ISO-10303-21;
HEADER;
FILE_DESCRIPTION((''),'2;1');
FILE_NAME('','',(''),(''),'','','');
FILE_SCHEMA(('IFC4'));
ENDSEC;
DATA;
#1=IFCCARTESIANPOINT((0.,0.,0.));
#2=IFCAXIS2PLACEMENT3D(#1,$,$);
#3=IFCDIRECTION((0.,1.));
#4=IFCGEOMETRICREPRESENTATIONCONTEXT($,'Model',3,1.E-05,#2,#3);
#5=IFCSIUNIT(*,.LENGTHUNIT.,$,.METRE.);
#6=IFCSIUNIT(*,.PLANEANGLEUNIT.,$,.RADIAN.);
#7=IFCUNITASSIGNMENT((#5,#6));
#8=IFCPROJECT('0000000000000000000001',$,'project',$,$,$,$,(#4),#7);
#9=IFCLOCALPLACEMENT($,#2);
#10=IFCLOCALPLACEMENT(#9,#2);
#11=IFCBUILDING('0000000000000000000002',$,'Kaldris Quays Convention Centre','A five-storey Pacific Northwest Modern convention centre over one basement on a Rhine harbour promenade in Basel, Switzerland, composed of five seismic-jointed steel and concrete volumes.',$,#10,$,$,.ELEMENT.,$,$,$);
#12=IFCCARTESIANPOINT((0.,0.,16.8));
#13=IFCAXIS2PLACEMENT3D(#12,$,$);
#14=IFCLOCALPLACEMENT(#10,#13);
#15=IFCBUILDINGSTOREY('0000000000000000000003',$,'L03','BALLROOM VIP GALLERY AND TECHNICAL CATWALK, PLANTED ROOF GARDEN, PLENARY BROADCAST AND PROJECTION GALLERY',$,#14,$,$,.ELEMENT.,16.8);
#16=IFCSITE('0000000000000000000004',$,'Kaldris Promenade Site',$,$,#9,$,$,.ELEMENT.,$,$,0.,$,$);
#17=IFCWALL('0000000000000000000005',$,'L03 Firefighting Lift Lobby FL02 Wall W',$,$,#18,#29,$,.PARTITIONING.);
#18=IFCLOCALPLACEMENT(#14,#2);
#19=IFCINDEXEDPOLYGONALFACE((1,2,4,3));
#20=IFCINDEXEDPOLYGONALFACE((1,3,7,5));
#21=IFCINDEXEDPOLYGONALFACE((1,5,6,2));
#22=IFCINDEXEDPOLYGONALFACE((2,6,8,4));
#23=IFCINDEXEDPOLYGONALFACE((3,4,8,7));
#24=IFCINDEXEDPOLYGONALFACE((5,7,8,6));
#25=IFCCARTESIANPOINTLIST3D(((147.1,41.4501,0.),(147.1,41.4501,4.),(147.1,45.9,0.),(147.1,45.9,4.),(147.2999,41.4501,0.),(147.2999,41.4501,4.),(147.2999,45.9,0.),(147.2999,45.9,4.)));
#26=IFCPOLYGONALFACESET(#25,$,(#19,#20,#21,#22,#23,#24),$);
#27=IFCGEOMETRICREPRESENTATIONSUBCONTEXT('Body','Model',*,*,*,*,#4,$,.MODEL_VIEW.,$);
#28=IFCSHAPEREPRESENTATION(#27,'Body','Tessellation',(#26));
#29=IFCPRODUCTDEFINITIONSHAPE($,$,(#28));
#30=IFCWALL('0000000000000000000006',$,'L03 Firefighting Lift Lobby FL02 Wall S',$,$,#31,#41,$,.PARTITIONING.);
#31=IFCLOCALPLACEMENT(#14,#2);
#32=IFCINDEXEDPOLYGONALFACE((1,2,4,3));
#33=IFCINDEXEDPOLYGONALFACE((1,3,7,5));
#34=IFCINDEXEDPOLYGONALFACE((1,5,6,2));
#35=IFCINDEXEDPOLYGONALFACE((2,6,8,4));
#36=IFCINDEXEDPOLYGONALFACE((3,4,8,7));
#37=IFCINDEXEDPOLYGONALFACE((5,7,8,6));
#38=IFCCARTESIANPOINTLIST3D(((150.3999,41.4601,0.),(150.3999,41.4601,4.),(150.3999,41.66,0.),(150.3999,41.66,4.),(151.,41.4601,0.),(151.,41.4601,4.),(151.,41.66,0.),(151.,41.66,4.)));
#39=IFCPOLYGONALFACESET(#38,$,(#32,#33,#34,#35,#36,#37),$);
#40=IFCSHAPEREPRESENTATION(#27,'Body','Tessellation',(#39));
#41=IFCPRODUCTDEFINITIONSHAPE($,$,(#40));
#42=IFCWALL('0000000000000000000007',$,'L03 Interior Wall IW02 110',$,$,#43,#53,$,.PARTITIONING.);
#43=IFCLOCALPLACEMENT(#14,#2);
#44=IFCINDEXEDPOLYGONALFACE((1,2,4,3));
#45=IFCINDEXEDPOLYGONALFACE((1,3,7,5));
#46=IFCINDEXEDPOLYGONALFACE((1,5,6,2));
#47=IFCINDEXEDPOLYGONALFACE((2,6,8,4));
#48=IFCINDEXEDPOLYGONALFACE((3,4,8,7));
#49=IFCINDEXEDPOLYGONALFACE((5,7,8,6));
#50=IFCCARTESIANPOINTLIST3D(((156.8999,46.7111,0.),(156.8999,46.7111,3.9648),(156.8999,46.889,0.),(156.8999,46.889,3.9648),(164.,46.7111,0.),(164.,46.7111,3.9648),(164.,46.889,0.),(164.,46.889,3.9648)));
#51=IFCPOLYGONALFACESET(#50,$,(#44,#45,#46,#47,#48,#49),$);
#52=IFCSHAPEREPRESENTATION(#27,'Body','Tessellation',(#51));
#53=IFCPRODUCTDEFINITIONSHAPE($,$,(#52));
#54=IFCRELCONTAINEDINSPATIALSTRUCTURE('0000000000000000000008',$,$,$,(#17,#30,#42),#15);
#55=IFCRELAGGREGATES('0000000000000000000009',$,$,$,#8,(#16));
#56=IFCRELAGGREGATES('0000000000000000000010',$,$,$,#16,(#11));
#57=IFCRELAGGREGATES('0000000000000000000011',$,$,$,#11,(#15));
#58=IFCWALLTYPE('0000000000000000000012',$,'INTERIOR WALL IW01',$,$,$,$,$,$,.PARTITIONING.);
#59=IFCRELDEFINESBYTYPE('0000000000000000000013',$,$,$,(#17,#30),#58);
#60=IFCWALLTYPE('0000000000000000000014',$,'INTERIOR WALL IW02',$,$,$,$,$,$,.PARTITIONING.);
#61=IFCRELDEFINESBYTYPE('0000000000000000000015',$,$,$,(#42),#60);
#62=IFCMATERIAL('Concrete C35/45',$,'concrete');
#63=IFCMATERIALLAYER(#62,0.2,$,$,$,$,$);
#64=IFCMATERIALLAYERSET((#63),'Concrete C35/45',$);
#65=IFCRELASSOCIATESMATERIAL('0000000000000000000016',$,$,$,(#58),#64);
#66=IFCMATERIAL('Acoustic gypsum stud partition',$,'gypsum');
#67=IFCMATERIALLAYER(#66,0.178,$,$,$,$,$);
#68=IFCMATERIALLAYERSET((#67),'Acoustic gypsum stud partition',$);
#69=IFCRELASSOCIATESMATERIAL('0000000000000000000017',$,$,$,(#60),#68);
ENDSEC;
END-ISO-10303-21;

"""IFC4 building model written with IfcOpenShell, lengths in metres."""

from ifc_helpers import new_model, si_unit, direction, frame, frame_2d, origin, place, context, subcontext, project, spatial, rectangle, extrude, material, layer, layer_set, type_object, element, save


model = new_model("IFC4")

# Units and contexts
model_context = context("Model", 3, precision=1e-05, world=origin(), true_north=direction((0.0, 1.0)))
body_context = subcontext(model_context, "Body", "Model", "MODEL_VIEW")
ifc_project = project(units=[si_unit("LENGTHUNIT", "METRE"), si_unit("PLANEANGLEUNIT", "RADIAN")], contexts=[model_context])

# Site, building, storey
site_placement = place(None, origin())
site = spatial("IfcSite", under=ifc_project, at=site_placement, Name="Kaldris Promenade Site", CompositionType="ELEMENT", RefElevation=0.0)
building_placement = place(site_placement, origin())
building = spatial("IfcBuilding", under=site, at=building_placement, Name="Kaldris Quays Convention Centre", Description="A five-storey Pacific Northwest Modern convention centre over one basement on a Rhine harbour promenade in Basel, Switzerland, composed of five seismic-jointed steel and concrete volumes.", CompositionType="ELEMENT")
storey_placement = place(building_placement, frame((0.0, 0.0, 16.8)))
storey = spatial("IfcBuildingStorey", under=building, at=storey_placement, Name="L03", Description="BALLROOM VIP GALLERY AND TECHNICAL CATWALK, PLANTED ROOF GARDEN, PLENARY BROADCAST AND PROJECTION GALLERY", CompositionType="ELEMENT", Elevation=16.8)

# Shared definitions
ifc_material_1 = material(Name="Concrete C35/45", Category="concrete")
ifc_layer_1 = layer(ifc_material_1, 0.2)
ifc_layer_set_1 = layer_set([ifc_layer_1], Name="Concrete C35/45")
wall_type_1 = type_object("IfcWallType", Name="INTERIOR WALL IW01", PredefinedType="PARTITIONING", material=ifc_layer_set_1)

# Walls
wall_1_placement = place(storey_placement, frame((147.2, 41.45, 0.0), z_axis=(0.0, 0.0, 1.0), x_axis=(0.0, 1.0, 0.0)))
element("IfcWall", 1, at=wall_1_placement, inside=storey, type_object=wall_type_1, Name="L03 Firefighting Lift Lobby FL02 Wall W", PredefinedType="PARTITIONING", context=body_context, shape_type="SweptSolid", body=[
    extrude(rectangle(XDim=4.45, YDim=0.2, at=frame_2d((2.2251, 0.0))), origin(), (0.0, 0.0, 1.0), 4.0),
])
wall_2_placement = place(storey_placement, frame((150.3999, 41.5601, 0.0), z_axis=(0.0, 0.0, 1.0), x_axis=(1.0, 0.0, 0.0)))
element("IfcWall", 2, at=wall_2_placement, inside=storey, type_object=wall_type_1, Name="L03 Firefighting Lift Lobby FL02 Wall S", PredefinedType="PARTITIONING", context=body_context, shape_type="SweptSolid", body=[
    extrude(rectangle(XDim=0.6001, YDim=0.2, at=frame_2d((0.3, 0.0))), origin(), (0.0, 0.0, 1.0), 4.0),
])
ifc_material_2 = material(Name="Acoustic gypsum stud partition", Category="gypsum")
ifc_layer_2 = layer(ifc_material_2, 0.178)
ifc_layer_set_2 = layer_set([ifc_layer_2], Name="Acoustic gypsum stud partition")
wall_type_2 = type_object("IfcWallType", Name="INTERIOR WALL IW02", PredefinedType="PARTITIONING", material=ifc_layer_set_2)
wall_3_placement = place(storey_placement, frame((156.8999, 46.8, 0.0), z_axis=(0.0, 0.0, 1.0), x_axis=(1.0, 0.0, 0.0)))
element("IfcWall", 3, at=wall_3_placement, inside=storey, type_object=wall_type_2, Name="L03 Interior Wall IW02 110", PredefinedType="PARTITIONING", context=body_context, shape_type="SweptSolid", body=[
    extrude(rectangle(XDim=7.1001, YDim=0.178, at=frame_2d((3.55, 0.0))), origin(), (0.0, 0.0, 1.0), 3.9648),
])

save(model, "model.ifc")
